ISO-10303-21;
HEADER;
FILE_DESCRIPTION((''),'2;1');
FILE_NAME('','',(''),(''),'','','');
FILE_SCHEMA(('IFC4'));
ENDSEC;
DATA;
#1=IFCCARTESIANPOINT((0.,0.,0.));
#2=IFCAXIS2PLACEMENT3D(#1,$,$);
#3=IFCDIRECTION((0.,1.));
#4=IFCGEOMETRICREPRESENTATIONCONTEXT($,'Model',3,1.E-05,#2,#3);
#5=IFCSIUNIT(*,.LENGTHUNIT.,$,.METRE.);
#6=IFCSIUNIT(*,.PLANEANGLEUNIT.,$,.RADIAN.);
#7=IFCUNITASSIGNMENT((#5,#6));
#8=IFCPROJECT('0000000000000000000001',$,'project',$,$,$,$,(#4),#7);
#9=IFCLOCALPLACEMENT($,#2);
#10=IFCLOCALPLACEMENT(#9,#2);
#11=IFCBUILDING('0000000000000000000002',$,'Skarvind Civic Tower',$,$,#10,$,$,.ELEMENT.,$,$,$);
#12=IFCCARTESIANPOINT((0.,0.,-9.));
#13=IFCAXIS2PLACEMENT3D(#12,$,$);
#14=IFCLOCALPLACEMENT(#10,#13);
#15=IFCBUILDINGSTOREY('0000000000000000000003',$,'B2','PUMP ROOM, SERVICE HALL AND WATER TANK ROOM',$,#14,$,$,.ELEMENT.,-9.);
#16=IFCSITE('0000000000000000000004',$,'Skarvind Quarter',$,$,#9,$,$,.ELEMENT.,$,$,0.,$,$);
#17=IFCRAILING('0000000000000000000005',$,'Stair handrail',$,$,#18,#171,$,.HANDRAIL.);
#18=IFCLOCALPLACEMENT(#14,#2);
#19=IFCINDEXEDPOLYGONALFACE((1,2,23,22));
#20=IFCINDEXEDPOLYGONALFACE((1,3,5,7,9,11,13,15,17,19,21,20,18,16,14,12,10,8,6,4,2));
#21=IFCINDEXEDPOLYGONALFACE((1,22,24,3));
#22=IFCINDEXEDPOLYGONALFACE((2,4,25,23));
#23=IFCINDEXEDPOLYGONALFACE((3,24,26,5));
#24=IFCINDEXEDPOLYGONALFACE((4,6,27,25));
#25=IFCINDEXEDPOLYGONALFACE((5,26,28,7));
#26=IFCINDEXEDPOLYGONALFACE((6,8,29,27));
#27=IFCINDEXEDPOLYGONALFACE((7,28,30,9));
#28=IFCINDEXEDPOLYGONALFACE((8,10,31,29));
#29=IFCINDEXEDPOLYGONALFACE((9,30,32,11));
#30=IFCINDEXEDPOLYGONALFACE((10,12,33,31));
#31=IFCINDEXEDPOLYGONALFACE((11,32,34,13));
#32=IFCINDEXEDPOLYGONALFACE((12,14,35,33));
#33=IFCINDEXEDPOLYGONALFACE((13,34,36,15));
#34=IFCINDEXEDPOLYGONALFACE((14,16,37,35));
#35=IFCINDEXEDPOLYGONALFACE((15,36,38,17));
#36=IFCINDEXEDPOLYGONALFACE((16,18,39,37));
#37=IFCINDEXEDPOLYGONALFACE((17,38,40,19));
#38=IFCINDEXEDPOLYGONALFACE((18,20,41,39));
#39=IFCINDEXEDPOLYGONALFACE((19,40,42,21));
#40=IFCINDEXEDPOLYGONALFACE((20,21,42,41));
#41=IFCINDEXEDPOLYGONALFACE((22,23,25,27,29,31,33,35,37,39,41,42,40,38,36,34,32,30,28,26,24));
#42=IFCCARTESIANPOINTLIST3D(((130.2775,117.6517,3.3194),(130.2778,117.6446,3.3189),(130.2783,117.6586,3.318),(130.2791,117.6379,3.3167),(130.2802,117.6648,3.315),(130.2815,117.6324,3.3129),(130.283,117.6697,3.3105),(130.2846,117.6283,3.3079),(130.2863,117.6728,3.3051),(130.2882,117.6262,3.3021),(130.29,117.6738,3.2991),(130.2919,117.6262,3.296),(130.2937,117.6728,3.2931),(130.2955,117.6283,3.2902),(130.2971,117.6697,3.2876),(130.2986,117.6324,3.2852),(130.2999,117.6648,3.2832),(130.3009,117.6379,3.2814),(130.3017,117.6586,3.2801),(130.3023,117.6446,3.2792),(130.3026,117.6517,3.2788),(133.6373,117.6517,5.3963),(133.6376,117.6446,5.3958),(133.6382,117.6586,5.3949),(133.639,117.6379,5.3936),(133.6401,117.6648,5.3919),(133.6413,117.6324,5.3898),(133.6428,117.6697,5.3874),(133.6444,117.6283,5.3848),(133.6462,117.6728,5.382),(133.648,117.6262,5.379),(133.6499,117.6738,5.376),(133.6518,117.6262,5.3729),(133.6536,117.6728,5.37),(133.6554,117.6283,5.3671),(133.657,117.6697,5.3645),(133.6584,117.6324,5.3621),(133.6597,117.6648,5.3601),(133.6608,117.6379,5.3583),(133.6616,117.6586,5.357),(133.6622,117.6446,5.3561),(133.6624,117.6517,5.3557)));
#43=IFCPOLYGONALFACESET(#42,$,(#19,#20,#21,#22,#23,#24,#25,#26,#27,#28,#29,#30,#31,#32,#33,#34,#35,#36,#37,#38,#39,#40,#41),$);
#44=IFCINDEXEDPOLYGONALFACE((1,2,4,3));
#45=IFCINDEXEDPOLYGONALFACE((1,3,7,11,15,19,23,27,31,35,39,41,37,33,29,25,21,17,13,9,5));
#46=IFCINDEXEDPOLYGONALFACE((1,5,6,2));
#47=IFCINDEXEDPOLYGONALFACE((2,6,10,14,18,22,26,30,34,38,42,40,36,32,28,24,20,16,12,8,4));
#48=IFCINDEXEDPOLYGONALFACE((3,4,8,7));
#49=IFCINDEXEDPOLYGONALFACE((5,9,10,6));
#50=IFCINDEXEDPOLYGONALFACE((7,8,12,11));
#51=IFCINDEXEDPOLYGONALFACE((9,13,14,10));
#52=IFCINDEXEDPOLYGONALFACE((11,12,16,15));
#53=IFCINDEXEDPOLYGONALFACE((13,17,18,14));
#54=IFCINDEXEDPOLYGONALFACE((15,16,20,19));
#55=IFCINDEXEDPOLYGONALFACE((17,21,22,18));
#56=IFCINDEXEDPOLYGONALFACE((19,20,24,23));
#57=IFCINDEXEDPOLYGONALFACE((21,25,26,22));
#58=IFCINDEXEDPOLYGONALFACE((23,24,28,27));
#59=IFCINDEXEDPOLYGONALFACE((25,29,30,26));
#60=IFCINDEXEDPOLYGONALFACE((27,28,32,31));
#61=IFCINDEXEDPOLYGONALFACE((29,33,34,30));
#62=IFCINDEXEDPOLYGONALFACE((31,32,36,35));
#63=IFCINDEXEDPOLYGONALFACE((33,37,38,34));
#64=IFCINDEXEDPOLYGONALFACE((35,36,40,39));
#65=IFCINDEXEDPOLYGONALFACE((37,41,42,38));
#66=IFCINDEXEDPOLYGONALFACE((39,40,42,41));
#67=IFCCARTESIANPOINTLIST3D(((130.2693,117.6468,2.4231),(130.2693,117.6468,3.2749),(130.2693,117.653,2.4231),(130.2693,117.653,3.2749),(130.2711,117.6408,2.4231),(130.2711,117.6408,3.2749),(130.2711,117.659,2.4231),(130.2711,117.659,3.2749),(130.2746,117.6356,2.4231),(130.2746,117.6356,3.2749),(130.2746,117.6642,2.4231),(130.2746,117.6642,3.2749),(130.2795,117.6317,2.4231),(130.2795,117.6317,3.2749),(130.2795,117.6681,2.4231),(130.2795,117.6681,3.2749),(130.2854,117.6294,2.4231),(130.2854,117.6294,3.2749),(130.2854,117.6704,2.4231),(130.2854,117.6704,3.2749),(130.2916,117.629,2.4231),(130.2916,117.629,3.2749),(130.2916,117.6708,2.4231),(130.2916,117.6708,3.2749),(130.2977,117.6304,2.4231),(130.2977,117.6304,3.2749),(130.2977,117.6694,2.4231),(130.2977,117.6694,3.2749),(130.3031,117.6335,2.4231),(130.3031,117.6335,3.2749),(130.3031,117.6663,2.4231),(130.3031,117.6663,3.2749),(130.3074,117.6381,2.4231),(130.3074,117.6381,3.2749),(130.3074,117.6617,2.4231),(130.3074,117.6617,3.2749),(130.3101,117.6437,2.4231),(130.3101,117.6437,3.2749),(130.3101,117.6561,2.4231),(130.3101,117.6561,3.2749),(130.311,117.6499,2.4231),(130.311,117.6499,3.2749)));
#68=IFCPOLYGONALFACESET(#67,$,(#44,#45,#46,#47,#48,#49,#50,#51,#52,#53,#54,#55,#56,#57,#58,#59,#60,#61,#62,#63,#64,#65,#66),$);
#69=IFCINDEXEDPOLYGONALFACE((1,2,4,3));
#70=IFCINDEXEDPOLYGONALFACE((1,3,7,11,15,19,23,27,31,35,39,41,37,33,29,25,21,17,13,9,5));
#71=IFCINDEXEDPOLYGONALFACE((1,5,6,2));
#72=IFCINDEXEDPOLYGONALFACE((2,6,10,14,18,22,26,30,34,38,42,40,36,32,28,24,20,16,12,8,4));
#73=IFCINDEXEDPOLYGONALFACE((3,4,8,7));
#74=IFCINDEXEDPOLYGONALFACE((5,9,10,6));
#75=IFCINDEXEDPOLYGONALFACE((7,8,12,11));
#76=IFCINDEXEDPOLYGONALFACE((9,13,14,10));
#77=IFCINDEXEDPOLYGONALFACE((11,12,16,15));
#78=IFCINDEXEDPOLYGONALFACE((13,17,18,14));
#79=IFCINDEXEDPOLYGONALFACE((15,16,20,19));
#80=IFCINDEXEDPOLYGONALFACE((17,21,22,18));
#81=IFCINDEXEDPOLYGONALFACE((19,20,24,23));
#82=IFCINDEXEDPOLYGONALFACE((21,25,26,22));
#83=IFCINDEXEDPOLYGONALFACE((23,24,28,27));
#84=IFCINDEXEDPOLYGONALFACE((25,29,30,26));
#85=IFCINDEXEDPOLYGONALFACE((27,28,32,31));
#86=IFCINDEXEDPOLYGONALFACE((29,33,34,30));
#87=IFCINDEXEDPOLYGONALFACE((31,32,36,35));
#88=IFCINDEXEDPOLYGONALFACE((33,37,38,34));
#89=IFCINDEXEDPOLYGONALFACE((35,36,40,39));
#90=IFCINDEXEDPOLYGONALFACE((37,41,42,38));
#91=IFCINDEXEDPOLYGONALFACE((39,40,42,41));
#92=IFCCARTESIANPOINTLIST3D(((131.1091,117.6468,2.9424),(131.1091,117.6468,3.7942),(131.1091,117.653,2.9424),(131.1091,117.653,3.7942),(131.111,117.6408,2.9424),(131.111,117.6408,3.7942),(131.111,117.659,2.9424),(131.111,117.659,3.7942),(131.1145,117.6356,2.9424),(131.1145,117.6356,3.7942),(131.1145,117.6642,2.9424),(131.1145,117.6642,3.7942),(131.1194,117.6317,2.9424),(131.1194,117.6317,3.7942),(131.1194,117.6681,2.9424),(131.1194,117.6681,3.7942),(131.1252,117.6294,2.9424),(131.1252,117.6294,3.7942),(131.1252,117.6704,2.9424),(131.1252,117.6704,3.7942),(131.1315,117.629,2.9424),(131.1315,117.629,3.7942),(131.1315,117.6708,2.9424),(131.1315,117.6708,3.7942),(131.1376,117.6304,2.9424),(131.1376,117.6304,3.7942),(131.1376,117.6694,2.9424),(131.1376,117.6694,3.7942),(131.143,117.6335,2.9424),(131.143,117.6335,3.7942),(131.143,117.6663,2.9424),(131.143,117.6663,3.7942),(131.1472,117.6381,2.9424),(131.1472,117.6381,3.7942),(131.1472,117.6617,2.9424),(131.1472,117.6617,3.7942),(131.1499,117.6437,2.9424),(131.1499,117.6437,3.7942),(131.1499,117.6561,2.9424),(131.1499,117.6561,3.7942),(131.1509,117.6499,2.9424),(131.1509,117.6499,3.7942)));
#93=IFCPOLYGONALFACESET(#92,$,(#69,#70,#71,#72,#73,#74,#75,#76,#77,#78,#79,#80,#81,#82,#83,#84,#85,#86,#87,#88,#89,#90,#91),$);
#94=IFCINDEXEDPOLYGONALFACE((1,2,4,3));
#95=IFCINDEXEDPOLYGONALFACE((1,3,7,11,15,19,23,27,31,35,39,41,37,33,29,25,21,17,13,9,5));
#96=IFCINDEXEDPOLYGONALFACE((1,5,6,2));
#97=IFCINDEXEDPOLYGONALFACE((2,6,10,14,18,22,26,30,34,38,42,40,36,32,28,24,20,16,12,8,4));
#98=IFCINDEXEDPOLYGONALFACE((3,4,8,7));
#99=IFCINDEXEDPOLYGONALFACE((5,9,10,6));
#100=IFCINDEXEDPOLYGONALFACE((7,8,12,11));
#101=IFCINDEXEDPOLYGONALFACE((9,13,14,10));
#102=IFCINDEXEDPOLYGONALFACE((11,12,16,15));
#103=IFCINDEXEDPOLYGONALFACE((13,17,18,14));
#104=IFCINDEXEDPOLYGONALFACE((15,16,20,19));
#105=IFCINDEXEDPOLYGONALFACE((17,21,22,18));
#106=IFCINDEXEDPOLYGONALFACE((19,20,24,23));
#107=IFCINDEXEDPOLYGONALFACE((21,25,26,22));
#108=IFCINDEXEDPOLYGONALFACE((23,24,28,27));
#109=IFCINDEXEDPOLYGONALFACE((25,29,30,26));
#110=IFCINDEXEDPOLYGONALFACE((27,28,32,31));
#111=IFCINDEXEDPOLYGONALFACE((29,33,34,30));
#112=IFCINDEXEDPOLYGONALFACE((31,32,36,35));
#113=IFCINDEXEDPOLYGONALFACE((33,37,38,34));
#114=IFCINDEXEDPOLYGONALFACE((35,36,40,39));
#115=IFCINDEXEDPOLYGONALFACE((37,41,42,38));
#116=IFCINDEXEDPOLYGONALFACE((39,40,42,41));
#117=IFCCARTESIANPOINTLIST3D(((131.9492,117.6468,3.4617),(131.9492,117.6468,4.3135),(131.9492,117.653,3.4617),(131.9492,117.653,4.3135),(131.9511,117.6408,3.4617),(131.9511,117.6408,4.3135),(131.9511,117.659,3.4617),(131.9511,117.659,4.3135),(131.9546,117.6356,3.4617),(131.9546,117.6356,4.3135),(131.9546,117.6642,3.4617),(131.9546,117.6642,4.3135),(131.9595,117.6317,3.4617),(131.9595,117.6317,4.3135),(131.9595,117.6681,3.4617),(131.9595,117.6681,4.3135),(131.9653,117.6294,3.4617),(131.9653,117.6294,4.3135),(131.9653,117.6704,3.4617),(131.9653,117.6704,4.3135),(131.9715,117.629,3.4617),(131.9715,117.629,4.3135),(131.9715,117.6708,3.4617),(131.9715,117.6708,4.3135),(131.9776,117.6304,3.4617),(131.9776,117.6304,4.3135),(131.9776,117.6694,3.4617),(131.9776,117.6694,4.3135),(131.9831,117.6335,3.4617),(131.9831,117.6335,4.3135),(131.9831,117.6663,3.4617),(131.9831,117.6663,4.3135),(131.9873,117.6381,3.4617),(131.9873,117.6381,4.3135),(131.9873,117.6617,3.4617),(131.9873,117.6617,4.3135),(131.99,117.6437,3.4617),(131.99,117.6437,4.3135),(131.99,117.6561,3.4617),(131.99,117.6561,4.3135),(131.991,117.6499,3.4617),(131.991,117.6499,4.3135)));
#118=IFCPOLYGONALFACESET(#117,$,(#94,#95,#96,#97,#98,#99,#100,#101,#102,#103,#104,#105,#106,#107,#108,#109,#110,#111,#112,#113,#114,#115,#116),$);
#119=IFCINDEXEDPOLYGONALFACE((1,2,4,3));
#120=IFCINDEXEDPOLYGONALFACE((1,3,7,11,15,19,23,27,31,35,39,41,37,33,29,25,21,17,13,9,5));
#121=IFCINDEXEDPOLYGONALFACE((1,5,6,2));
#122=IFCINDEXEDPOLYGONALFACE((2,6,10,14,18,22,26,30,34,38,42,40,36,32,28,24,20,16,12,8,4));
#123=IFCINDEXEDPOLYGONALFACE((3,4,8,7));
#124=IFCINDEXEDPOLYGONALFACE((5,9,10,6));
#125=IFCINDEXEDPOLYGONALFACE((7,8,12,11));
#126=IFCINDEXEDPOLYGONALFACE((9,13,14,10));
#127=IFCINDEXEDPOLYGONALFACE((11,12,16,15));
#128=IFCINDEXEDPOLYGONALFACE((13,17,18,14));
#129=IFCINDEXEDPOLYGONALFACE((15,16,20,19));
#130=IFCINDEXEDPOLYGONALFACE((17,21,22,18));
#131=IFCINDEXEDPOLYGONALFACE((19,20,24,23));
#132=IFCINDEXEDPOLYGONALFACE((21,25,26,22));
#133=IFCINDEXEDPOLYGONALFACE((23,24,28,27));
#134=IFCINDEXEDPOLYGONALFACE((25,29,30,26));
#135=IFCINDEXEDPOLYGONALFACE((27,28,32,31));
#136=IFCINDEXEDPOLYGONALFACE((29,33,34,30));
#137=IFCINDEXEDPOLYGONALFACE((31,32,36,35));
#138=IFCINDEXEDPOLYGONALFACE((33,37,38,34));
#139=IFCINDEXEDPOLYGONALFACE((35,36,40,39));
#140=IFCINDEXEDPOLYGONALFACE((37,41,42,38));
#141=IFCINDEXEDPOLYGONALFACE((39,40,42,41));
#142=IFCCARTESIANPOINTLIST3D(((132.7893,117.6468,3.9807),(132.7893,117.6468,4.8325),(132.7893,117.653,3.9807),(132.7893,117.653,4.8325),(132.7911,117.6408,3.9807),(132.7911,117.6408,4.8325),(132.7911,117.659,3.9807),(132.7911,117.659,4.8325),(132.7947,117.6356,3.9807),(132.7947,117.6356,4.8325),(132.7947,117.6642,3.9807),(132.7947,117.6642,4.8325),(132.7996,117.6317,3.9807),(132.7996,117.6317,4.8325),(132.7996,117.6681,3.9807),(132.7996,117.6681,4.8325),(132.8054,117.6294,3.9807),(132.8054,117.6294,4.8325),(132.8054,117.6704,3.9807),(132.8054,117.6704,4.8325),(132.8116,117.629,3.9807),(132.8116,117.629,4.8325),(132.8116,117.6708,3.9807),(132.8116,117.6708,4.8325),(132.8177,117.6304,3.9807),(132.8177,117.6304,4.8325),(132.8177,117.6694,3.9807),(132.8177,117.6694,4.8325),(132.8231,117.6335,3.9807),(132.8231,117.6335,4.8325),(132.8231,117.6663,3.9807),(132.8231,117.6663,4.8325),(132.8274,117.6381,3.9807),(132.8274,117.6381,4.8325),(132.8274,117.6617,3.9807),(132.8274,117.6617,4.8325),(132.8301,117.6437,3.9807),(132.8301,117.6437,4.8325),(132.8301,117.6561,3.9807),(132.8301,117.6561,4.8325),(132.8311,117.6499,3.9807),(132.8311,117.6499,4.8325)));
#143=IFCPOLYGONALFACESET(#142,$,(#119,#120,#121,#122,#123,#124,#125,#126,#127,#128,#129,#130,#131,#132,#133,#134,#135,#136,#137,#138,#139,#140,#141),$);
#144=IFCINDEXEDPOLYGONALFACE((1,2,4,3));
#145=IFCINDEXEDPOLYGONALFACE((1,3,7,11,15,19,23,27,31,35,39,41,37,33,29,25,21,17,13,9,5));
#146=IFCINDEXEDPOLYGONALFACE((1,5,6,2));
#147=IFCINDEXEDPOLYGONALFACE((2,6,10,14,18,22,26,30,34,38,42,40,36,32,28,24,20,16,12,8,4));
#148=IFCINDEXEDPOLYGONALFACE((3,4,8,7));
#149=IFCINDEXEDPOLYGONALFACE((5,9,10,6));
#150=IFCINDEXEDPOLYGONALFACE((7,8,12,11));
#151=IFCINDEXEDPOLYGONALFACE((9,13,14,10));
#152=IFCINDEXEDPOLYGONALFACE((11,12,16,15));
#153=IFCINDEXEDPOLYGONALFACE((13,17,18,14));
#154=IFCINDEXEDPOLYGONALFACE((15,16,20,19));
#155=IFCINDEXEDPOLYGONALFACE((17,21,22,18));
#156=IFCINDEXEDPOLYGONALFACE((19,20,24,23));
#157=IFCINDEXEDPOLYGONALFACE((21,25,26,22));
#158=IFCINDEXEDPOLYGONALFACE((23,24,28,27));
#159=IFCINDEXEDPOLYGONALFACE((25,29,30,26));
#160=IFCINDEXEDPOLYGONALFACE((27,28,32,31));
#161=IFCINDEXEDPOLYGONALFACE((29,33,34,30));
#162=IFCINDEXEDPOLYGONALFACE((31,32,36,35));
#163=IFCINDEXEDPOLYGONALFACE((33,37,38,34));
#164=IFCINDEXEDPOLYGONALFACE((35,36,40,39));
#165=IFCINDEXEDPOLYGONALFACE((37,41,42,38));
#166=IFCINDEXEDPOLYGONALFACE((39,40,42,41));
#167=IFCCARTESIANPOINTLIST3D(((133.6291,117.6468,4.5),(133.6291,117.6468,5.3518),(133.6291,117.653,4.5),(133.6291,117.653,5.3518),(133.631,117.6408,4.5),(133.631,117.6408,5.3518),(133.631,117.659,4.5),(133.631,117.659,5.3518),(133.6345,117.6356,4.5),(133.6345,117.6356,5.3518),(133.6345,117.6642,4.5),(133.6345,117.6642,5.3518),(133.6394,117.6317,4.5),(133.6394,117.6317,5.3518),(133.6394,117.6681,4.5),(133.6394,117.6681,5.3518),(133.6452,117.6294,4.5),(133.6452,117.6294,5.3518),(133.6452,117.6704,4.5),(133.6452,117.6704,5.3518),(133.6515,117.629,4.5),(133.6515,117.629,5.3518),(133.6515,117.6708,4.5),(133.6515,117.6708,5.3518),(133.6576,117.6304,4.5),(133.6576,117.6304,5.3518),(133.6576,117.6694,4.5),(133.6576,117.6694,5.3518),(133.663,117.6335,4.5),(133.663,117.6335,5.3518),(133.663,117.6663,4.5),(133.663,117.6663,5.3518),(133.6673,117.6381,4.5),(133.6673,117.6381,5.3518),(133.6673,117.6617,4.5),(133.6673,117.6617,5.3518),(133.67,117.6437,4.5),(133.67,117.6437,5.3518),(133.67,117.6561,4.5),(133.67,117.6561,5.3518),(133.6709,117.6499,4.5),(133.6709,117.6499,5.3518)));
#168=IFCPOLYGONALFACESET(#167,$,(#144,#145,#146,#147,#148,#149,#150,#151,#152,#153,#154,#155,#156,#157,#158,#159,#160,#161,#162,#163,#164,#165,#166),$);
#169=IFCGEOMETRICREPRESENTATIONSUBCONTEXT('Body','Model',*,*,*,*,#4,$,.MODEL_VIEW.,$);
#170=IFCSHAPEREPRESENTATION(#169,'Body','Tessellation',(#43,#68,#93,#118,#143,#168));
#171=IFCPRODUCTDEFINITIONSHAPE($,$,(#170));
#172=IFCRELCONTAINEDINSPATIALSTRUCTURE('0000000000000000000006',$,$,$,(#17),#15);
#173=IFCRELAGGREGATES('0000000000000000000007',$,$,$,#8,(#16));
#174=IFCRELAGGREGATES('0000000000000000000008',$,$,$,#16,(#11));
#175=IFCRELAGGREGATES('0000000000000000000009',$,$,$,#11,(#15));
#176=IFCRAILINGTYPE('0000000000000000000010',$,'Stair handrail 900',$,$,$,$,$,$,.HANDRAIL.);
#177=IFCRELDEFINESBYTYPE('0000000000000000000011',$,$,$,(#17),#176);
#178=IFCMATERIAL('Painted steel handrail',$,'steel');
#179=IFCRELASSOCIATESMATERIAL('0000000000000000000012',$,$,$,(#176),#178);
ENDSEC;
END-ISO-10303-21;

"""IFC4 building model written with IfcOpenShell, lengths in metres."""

from ifc_helpers import new_model, si_unit, direction, frame, origin, origin_2d, place, context, subcontext, project, spatial, circle, extrude, material, type_object, element, save


model = new_model("IFC4")

# Units and contexts
model_context = context("Model", 3, precision=1e-05, world=origin(), true_north=direction((0.0, 1.0)))
body_context = subcontext(model_context, "Body", "Model", "MODEL_VIEW")
ifc_project = project(units=[si_unit("LENGTHUNIT", "METRE"), si_unit("PLANEANGLEUNIT", "RADIAN")], contexts=[model_context])

# Site, building, storey
site_placement = place(None, origin())
site = spatial("IfcSite", under=ifc_project, at=site_placement, Name="Skarvind Quarter", CompositionType="ELEMENT", RefElevation=0.0)
building_placement = place(site_placement, origin())
building = spatial("IfcBuilding", under=site, at=building_placement, Name="Skarvind Civic Tower", CompositionType="ELEMENT")
storey_placement = place(building_placement, frame((0.0, 0.0, -9.0)))
storey = spatial("IfcBuildingStorey", under=building, at=storey_placement, Name="B2", Description="PUMP ROOM, SERVICE HALL AND WATER TANK ROOM", CompositionType="ELEMENT", Elevation=-9.0)

# Railing
ifc_material_1 = material(Name="Painted steel handrail", Category="steel")
railing_type = type_object("IfcRailingType", Name="Stair handrail 900", PredefinedType="HANDRAIL", material=ifc_material_1)
railing_1_placement = place(storey_placement, frame((130.29, 117.6499, 2.4231)))
element("IfcRailing", 1, at=railing_1_placement, inside=storey, type_object=railing_type, Name="Stair handrail", PredefinedType="HANDRAIL", context=body_context, shape_type="SweptSolid", body=[
    extrude(circle(Radius=0.0239, at=origin_2d()), frame((0.0, 0.0, 0.876), z_axis=(0.850606, 0.0, 0.525803), x_axis=(0.0, 1.0, 0.0)), (0.0, 0.0, 1.0), 3.95),
    extrude(circle(Radius=0.021, at=origin_2d()), origin(), (0.0, 0.0, 1.0), 0.8518),
    extrude(circle(Radius=0.021, at=origin_2d()), frame((0.8398, 0.0, 0.5193)), (0.0, 0.0, 1.0), 0.8518),
    extrude(circle(Radius=0.021, at=origin_2d()), frame((1.6799, 0.0, 1.0386)), (0.0, 0.0, 1.0), 0.8518),
    extrude(circle(Radius=0.021, at=origin_2d()), frame((2.52, 0.0, 1.5576)), (0.0, 0.0, 1.0), 0.8518),
    extrude(circle(Radius=0.021, at=origin_2d()), frame((3.3599, 0.0, 2.0769)), (0.0, 0.0, 1.0), 0.8518),
])

save(model, "model.ifc")
